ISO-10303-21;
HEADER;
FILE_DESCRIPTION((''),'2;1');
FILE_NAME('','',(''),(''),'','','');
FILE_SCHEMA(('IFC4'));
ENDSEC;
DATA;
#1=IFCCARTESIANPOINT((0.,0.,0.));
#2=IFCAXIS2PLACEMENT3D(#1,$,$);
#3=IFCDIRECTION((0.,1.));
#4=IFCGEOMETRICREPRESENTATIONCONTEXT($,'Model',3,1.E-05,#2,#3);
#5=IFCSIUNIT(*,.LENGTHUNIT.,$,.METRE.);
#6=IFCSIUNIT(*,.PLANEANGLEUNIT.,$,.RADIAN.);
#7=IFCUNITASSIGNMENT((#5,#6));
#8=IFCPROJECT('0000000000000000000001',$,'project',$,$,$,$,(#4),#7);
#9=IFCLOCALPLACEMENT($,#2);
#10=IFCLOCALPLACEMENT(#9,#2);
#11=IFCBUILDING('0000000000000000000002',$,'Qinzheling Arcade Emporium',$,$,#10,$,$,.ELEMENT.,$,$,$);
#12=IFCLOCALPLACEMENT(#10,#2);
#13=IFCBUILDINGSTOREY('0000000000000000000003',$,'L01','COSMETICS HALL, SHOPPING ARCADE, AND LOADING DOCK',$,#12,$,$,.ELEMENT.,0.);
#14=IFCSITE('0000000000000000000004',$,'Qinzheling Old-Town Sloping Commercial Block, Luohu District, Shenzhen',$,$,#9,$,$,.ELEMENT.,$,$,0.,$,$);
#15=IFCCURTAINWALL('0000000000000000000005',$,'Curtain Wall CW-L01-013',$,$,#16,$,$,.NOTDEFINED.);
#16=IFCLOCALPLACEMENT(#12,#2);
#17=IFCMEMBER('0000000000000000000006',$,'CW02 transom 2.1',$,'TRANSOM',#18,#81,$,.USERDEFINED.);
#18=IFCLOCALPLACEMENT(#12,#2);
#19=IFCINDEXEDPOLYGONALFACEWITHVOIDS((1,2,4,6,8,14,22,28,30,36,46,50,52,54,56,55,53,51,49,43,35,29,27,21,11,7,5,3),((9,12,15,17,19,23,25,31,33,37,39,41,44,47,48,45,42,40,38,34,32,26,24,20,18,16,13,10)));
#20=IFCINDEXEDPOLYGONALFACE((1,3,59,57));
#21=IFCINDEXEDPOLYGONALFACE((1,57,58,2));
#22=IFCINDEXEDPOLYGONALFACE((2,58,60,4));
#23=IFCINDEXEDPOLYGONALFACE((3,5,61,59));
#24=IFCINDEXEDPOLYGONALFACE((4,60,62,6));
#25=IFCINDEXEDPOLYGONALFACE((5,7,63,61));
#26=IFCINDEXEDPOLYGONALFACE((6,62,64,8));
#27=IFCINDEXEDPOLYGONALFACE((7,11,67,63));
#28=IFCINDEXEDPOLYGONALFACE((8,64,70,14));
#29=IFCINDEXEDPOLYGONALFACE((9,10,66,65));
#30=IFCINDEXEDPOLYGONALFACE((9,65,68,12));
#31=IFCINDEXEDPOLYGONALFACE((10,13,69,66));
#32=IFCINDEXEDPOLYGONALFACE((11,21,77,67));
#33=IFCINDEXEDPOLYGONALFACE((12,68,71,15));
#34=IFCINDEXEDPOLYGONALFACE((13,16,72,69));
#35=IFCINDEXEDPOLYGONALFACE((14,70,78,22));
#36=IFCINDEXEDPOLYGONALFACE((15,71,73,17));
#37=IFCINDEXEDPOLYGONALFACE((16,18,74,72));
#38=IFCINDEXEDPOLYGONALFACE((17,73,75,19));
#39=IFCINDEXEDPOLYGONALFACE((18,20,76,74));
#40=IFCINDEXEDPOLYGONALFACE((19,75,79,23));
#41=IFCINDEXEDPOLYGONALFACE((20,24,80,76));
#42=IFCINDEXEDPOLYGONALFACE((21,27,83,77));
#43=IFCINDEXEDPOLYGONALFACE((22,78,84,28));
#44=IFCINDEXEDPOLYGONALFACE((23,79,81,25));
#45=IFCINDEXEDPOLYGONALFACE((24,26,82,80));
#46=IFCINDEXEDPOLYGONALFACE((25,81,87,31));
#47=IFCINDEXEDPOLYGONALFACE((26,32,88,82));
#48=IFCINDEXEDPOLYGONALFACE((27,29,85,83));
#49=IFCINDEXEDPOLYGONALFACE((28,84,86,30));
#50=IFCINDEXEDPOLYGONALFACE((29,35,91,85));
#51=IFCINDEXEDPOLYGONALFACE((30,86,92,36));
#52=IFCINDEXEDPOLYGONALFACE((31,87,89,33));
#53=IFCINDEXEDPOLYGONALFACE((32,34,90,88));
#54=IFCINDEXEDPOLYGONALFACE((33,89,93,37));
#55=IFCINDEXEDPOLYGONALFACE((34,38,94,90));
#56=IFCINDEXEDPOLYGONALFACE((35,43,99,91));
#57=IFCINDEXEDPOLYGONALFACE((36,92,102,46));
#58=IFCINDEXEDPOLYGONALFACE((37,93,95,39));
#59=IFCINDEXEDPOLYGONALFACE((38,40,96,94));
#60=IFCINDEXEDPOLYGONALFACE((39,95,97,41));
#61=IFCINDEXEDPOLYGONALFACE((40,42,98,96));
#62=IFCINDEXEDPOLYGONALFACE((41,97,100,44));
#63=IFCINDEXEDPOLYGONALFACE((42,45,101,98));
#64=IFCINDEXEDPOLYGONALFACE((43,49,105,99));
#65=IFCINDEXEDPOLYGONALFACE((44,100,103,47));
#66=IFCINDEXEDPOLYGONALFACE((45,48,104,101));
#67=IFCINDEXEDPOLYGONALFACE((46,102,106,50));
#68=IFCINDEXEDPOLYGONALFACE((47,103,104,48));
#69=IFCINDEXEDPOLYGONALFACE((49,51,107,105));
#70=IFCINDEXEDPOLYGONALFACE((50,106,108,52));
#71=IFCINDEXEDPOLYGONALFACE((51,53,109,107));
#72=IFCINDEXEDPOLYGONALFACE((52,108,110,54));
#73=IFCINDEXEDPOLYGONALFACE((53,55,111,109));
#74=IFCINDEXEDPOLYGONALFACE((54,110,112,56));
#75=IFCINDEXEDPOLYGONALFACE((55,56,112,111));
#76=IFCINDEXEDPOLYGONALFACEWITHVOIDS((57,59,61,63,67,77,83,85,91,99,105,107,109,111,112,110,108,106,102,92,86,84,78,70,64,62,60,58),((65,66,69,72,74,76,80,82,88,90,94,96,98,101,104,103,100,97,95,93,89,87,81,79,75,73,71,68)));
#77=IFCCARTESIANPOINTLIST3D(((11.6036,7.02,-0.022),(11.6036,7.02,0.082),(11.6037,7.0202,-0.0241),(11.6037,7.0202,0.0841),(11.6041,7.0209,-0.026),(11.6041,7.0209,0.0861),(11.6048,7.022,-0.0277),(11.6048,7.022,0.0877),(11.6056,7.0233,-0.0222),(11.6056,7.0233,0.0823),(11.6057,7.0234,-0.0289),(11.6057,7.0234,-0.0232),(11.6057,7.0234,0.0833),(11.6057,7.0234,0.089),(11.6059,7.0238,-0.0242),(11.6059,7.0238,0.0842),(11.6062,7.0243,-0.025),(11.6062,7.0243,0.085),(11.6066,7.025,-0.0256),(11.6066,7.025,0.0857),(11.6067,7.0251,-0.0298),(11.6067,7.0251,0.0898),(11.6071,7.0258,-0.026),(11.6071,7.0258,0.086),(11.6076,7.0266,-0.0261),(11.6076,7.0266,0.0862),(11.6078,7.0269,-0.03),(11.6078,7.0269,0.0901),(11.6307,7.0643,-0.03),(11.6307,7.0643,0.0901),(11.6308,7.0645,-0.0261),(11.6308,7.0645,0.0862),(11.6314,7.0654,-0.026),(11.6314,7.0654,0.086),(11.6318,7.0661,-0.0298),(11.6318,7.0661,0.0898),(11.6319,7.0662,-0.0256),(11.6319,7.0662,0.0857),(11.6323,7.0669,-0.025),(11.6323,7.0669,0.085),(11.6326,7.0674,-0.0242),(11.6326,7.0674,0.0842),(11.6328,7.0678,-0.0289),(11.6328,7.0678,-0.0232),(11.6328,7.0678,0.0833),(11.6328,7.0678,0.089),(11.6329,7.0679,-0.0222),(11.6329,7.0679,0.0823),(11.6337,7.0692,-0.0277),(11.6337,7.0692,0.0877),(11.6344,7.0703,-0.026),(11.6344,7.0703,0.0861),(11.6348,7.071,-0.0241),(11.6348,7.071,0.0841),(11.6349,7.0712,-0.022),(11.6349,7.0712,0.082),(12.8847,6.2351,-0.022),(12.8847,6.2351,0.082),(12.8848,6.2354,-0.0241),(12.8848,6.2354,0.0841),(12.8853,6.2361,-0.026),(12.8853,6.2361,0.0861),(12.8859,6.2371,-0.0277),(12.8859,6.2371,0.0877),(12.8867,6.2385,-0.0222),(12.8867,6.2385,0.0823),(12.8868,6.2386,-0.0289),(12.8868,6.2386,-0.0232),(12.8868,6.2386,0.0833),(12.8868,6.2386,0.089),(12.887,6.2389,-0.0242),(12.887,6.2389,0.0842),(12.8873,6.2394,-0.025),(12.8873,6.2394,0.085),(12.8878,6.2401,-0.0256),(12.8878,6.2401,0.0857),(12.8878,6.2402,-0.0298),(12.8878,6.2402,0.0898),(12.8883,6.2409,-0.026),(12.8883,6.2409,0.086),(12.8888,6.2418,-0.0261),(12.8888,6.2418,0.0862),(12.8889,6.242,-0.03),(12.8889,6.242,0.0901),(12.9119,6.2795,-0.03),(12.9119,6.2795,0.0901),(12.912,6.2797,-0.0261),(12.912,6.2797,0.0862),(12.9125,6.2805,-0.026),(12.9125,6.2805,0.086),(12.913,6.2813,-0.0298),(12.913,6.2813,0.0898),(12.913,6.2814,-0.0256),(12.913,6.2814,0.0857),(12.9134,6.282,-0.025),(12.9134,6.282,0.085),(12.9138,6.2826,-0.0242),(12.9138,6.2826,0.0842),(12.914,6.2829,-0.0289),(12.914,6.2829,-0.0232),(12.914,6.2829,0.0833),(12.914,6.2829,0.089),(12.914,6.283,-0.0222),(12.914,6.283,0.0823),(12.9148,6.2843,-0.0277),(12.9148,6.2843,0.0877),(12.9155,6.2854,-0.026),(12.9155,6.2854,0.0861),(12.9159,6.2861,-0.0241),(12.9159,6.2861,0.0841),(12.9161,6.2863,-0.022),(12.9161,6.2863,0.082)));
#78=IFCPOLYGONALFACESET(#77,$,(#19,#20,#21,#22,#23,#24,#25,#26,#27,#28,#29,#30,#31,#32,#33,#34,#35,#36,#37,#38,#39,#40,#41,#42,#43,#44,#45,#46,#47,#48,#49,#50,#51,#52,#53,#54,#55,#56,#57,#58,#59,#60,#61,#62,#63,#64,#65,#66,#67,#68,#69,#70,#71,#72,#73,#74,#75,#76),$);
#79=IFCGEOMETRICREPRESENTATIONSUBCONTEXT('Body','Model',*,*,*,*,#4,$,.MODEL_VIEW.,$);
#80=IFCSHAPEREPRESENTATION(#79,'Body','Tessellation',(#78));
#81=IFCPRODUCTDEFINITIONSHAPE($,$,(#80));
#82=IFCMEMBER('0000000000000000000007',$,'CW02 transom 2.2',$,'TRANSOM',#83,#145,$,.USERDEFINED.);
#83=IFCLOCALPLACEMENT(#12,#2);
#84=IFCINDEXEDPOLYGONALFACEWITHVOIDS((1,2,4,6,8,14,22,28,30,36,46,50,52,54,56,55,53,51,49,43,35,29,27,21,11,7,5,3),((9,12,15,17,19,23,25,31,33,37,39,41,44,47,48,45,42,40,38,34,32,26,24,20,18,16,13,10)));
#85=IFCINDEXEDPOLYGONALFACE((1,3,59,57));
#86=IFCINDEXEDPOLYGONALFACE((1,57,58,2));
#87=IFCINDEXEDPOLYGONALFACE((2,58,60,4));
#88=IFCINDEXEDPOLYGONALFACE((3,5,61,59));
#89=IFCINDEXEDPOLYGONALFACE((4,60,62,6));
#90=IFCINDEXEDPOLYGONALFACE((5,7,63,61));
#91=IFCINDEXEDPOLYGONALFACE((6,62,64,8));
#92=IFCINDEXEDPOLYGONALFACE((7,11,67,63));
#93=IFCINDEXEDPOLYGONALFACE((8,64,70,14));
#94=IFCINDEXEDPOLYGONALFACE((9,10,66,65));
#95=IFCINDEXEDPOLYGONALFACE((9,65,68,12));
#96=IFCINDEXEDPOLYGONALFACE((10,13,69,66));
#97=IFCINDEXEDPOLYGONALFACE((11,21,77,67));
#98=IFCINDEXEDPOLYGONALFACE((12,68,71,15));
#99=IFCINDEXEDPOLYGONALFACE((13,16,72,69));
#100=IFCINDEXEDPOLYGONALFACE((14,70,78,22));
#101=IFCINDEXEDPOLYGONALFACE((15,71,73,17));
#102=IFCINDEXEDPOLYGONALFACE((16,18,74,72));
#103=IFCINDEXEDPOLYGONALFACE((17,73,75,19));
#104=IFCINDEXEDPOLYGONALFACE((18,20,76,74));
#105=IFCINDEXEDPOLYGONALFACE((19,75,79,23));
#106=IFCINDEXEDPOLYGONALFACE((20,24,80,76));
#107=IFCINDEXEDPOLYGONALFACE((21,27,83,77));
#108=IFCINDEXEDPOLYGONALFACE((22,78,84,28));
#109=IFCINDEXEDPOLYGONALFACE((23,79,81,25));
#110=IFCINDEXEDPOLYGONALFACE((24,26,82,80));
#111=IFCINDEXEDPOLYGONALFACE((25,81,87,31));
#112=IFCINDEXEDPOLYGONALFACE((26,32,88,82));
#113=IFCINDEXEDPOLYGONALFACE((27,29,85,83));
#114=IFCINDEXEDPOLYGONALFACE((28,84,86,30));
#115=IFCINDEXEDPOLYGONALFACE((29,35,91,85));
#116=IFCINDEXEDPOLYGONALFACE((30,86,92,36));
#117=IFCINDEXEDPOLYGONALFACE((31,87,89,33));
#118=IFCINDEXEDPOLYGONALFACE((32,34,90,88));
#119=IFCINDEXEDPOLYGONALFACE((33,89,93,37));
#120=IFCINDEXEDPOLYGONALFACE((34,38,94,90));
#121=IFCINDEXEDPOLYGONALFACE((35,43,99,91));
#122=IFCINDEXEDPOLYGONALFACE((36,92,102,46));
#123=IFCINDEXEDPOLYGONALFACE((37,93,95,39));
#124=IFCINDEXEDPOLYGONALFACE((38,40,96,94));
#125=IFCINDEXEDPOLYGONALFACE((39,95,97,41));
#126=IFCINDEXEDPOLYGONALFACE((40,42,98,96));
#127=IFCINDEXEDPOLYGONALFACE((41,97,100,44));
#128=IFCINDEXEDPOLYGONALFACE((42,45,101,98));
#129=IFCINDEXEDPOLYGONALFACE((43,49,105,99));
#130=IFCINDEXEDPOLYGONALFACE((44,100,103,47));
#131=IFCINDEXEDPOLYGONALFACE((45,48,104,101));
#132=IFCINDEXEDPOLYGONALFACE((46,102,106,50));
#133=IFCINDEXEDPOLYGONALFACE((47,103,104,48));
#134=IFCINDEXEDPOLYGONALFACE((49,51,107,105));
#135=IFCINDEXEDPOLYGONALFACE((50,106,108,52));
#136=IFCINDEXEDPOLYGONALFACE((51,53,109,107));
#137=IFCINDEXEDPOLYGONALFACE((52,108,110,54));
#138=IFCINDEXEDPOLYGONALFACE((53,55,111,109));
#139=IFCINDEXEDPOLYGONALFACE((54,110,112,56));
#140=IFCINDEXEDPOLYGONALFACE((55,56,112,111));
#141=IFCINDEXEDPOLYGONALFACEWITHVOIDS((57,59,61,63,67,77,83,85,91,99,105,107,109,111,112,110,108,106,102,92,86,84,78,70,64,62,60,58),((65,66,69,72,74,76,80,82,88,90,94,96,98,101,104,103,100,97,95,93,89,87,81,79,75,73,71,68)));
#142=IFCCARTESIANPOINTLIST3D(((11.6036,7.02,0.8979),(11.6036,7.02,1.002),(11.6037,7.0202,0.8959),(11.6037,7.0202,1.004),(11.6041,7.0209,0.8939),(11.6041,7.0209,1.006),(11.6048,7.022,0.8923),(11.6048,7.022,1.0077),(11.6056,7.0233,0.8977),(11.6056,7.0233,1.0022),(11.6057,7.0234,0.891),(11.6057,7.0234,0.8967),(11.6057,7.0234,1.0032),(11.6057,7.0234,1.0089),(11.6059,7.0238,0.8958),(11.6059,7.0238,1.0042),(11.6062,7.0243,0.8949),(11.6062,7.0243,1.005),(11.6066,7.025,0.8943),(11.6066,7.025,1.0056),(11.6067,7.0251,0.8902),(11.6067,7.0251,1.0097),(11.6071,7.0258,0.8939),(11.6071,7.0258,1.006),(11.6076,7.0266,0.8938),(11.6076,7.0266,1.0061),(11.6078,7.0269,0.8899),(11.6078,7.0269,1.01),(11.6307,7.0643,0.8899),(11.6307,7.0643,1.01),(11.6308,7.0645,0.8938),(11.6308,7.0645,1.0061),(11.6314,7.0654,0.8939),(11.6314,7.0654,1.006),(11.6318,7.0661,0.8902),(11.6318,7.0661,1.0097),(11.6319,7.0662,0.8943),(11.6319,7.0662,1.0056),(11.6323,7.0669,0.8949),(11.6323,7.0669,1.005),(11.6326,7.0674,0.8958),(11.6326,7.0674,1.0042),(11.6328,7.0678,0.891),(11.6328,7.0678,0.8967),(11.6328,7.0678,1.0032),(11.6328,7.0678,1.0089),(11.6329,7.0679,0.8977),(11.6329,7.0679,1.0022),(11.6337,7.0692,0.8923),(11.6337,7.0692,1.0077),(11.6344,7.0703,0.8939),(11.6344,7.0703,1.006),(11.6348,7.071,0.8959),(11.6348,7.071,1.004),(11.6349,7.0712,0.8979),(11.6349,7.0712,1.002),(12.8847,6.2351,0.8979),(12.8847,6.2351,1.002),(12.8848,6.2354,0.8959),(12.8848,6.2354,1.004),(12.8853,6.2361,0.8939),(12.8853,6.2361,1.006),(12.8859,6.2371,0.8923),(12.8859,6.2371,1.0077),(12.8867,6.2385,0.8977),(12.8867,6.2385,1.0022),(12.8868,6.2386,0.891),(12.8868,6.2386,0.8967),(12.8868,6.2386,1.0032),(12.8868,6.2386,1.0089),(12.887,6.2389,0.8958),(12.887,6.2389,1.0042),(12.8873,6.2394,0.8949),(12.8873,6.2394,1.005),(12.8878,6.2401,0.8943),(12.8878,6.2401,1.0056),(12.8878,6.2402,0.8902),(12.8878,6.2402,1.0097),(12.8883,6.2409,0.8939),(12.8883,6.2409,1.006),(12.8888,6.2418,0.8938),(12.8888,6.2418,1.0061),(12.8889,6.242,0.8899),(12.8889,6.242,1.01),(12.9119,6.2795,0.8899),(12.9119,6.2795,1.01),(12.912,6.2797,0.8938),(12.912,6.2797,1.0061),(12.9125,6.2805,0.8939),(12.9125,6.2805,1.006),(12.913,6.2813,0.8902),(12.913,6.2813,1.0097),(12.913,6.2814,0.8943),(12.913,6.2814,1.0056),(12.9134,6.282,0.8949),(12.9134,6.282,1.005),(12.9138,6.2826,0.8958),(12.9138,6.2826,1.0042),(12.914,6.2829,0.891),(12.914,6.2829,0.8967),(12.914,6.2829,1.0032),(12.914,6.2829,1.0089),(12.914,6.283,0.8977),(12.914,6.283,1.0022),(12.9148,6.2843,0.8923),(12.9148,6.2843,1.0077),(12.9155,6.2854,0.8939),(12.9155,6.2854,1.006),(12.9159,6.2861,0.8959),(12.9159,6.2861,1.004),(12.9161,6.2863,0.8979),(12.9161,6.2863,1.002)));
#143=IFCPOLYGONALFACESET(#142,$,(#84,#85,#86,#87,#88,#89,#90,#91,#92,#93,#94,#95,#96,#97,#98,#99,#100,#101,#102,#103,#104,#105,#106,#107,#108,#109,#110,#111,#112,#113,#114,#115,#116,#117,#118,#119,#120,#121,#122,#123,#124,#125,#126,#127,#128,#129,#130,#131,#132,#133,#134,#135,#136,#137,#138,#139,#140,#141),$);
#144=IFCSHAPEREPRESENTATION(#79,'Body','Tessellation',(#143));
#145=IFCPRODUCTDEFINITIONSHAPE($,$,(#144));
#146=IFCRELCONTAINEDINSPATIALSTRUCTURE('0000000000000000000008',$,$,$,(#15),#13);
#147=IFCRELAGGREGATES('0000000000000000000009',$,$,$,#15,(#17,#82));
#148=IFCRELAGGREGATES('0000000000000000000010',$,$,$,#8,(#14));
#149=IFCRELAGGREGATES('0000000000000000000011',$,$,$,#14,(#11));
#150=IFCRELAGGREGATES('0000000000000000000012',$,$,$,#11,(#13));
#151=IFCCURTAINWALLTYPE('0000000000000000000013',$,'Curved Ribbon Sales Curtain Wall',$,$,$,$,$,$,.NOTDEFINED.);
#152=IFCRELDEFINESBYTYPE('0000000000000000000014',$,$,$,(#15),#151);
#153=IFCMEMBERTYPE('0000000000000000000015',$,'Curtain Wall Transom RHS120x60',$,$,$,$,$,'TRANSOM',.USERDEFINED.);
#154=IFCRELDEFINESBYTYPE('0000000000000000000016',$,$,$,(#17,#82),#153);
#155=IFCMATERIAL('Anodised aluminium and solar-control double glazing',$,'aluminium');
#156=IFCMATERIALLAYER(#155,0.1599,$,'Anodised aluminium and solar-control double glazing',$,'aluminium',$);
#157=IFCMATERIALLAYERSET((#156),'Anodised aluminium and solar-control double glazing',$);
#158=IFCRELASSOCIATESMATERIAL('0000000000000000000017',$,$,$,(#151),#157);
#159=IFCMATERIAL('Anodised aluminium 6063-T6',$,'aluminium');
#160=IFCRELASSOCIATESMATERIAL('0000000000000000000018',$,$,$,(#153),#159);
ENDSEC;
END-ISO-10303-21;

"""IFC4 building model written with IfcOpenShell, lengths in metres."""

from ifc_helpers import new_model, si_unit, direction, frame, origin, origin_2d, place, context, subcontext, project, spatial, hollow_rectangle, extrude, material, layer, layer_set, material_profile, profile_set, type_object, element, aggregate, save


model = new_model("IFC4")

# Units and contexts
model_context = context("Model", 3, precision=1e-05, world=origin(), true_north=direction((0.0, 1.0)))
body_context = subcontext(model_context, "Body", "Model", "MODEL_VIEW")
ifc_project = project(units=[si_unit("LENGTHUNIT", "METRE"), si_unit("PLANEANGLEUNIT", "RADIAN")], contexts=[model_context])

# Site, building, storey
site_placement = place(None, origin())
site = spatial("IfcSite", under=ifc_project, at=site_placement, Name="Qinzheling Old-Town Sloping Commercial Block, Luohu District, Shenzhen", CompositionType="ELEMENT", RefElevation=0.0)
building_placement = place(site_placement, origin())
building = spatial("IfcBuilding", under=site, at=building_placement, Name="Qinzheling Arcade Emporium", CompositionType="ELEMENT")
storey_placement = place(building_placement, origin())
storey = spatial("IfcBuildingStorey", under=building, at=storey_placement, Name="L01", Description="COSMETICS HALL, SHOPPING ARCADE, AND LOADING DOCK", CompositionType="ELEMENT", Elevation=0.0)

# Shared definitions
ifc_material_1 = material(Name="Anodised aluminium and solar-control double glazing", Category="aluminium")
ifc_layer_1 = layer(ifc_material_1, 0.1599, Name="Anodised aluminium and solar-control double glazing", Category="aluminium")
ifc_layer_set_1 = layer_set([ifc_layer_1], Name="Anodised aluminium and solar-control double glazing")
curtain_wall_type = type_object("IfcCurtainWallType", Name="Curved Ribbon Sales Curtain Wall", PredefinedType="NOTDEFINED", material=ifc_layer_set_1)
ifc_material_2 = material(Name="Anodised aluminium 6063-T6", Category="aluminium")

# Curtain wall
curtain_wall_1_placement = place(storey_placement, origin())
curtain_wall_1 = element("IfcCurtainWall", 1, at=curtain_wall_1_placement, inside=storey, type_object=curtain_wall_type, Name="Curtain Wall CW-L01-013", PredefinedType="NOTDEFINED")

# Members
ifc_material_profile_1 = material_profile(ifc_material_2, hollow_rectangle(XDim=0.0601, YDim=0.1201, WallThickness=0.0039, InnerFilletRadius=0.0039, OuterFilletRadius=0.0081, at=origin_2d()), Name="RHS 120x60x4", Category="aluminium")
ifc_profile_set_1 = profile_set([ifc_material_profile_1], Name="Anodised aluminium 6063-T6")
member_type_1 = type_object("IfcMemberType", Name="Curtain Wall Transom RHS120x60", ElementType="TRANSOM", PredefinedType="USERDEFINED", material=ifc_profile_set_1)
member_1_placement = place(storey_placement, frame((12.9004, 6.2607, 0.03), z_axis=(-0.852711, 0.522383, 0.0), x_axis=(-0.522383, -0.852711, 0.0)))
member_1 = element("IfcMember", 2, at=member_1_placement, type_object=member_type_1, Name="CW02 transom 2.1", ObjectType="TRANSOM", PredefinedType="USERDEFINED", context=body_context, shape_type="SweptSolid", body=[
    extrude(hollow_rectangle(XDim=0.0601, YDim=0.1201, WallThickness=0.0039, InnerFilletRadius=0.0039, OuterFilletRadius=0.0081, at=origin_2d()), origin(), (0.0, 0.0, 1.0), 1.5024),
])
member_2_placement = place(storey_placement, frame((12.9004, 6.2607, 0.95), z_axis=(-0.852711, 0.522383, 0.0), x_axis=(-0.522383, -0.852711, 0.0)))
member_2 = element("IfcMember", 3, at=member_2_placement, type_object=member_type_1, Name="CW02 transom 2.2", ObjectType="TRANSOM", PredefinedType="USERDEFINED", context=body_context, shape_type="SweptSolid", body=[
    extrude(hollow_rectangle(XDim=0.0601, YDim=0.1201, WallThickness=0.0039, InnerFilletRadius=0.0039, OuterFilletRadius=0.0081, at=origin_2d()), origin(), (0.0, 0.0, 1.0), 1.5024),
])

aggregate(curtain_wall_1, [member_1, member_2])

save(model, "model.ifc")
